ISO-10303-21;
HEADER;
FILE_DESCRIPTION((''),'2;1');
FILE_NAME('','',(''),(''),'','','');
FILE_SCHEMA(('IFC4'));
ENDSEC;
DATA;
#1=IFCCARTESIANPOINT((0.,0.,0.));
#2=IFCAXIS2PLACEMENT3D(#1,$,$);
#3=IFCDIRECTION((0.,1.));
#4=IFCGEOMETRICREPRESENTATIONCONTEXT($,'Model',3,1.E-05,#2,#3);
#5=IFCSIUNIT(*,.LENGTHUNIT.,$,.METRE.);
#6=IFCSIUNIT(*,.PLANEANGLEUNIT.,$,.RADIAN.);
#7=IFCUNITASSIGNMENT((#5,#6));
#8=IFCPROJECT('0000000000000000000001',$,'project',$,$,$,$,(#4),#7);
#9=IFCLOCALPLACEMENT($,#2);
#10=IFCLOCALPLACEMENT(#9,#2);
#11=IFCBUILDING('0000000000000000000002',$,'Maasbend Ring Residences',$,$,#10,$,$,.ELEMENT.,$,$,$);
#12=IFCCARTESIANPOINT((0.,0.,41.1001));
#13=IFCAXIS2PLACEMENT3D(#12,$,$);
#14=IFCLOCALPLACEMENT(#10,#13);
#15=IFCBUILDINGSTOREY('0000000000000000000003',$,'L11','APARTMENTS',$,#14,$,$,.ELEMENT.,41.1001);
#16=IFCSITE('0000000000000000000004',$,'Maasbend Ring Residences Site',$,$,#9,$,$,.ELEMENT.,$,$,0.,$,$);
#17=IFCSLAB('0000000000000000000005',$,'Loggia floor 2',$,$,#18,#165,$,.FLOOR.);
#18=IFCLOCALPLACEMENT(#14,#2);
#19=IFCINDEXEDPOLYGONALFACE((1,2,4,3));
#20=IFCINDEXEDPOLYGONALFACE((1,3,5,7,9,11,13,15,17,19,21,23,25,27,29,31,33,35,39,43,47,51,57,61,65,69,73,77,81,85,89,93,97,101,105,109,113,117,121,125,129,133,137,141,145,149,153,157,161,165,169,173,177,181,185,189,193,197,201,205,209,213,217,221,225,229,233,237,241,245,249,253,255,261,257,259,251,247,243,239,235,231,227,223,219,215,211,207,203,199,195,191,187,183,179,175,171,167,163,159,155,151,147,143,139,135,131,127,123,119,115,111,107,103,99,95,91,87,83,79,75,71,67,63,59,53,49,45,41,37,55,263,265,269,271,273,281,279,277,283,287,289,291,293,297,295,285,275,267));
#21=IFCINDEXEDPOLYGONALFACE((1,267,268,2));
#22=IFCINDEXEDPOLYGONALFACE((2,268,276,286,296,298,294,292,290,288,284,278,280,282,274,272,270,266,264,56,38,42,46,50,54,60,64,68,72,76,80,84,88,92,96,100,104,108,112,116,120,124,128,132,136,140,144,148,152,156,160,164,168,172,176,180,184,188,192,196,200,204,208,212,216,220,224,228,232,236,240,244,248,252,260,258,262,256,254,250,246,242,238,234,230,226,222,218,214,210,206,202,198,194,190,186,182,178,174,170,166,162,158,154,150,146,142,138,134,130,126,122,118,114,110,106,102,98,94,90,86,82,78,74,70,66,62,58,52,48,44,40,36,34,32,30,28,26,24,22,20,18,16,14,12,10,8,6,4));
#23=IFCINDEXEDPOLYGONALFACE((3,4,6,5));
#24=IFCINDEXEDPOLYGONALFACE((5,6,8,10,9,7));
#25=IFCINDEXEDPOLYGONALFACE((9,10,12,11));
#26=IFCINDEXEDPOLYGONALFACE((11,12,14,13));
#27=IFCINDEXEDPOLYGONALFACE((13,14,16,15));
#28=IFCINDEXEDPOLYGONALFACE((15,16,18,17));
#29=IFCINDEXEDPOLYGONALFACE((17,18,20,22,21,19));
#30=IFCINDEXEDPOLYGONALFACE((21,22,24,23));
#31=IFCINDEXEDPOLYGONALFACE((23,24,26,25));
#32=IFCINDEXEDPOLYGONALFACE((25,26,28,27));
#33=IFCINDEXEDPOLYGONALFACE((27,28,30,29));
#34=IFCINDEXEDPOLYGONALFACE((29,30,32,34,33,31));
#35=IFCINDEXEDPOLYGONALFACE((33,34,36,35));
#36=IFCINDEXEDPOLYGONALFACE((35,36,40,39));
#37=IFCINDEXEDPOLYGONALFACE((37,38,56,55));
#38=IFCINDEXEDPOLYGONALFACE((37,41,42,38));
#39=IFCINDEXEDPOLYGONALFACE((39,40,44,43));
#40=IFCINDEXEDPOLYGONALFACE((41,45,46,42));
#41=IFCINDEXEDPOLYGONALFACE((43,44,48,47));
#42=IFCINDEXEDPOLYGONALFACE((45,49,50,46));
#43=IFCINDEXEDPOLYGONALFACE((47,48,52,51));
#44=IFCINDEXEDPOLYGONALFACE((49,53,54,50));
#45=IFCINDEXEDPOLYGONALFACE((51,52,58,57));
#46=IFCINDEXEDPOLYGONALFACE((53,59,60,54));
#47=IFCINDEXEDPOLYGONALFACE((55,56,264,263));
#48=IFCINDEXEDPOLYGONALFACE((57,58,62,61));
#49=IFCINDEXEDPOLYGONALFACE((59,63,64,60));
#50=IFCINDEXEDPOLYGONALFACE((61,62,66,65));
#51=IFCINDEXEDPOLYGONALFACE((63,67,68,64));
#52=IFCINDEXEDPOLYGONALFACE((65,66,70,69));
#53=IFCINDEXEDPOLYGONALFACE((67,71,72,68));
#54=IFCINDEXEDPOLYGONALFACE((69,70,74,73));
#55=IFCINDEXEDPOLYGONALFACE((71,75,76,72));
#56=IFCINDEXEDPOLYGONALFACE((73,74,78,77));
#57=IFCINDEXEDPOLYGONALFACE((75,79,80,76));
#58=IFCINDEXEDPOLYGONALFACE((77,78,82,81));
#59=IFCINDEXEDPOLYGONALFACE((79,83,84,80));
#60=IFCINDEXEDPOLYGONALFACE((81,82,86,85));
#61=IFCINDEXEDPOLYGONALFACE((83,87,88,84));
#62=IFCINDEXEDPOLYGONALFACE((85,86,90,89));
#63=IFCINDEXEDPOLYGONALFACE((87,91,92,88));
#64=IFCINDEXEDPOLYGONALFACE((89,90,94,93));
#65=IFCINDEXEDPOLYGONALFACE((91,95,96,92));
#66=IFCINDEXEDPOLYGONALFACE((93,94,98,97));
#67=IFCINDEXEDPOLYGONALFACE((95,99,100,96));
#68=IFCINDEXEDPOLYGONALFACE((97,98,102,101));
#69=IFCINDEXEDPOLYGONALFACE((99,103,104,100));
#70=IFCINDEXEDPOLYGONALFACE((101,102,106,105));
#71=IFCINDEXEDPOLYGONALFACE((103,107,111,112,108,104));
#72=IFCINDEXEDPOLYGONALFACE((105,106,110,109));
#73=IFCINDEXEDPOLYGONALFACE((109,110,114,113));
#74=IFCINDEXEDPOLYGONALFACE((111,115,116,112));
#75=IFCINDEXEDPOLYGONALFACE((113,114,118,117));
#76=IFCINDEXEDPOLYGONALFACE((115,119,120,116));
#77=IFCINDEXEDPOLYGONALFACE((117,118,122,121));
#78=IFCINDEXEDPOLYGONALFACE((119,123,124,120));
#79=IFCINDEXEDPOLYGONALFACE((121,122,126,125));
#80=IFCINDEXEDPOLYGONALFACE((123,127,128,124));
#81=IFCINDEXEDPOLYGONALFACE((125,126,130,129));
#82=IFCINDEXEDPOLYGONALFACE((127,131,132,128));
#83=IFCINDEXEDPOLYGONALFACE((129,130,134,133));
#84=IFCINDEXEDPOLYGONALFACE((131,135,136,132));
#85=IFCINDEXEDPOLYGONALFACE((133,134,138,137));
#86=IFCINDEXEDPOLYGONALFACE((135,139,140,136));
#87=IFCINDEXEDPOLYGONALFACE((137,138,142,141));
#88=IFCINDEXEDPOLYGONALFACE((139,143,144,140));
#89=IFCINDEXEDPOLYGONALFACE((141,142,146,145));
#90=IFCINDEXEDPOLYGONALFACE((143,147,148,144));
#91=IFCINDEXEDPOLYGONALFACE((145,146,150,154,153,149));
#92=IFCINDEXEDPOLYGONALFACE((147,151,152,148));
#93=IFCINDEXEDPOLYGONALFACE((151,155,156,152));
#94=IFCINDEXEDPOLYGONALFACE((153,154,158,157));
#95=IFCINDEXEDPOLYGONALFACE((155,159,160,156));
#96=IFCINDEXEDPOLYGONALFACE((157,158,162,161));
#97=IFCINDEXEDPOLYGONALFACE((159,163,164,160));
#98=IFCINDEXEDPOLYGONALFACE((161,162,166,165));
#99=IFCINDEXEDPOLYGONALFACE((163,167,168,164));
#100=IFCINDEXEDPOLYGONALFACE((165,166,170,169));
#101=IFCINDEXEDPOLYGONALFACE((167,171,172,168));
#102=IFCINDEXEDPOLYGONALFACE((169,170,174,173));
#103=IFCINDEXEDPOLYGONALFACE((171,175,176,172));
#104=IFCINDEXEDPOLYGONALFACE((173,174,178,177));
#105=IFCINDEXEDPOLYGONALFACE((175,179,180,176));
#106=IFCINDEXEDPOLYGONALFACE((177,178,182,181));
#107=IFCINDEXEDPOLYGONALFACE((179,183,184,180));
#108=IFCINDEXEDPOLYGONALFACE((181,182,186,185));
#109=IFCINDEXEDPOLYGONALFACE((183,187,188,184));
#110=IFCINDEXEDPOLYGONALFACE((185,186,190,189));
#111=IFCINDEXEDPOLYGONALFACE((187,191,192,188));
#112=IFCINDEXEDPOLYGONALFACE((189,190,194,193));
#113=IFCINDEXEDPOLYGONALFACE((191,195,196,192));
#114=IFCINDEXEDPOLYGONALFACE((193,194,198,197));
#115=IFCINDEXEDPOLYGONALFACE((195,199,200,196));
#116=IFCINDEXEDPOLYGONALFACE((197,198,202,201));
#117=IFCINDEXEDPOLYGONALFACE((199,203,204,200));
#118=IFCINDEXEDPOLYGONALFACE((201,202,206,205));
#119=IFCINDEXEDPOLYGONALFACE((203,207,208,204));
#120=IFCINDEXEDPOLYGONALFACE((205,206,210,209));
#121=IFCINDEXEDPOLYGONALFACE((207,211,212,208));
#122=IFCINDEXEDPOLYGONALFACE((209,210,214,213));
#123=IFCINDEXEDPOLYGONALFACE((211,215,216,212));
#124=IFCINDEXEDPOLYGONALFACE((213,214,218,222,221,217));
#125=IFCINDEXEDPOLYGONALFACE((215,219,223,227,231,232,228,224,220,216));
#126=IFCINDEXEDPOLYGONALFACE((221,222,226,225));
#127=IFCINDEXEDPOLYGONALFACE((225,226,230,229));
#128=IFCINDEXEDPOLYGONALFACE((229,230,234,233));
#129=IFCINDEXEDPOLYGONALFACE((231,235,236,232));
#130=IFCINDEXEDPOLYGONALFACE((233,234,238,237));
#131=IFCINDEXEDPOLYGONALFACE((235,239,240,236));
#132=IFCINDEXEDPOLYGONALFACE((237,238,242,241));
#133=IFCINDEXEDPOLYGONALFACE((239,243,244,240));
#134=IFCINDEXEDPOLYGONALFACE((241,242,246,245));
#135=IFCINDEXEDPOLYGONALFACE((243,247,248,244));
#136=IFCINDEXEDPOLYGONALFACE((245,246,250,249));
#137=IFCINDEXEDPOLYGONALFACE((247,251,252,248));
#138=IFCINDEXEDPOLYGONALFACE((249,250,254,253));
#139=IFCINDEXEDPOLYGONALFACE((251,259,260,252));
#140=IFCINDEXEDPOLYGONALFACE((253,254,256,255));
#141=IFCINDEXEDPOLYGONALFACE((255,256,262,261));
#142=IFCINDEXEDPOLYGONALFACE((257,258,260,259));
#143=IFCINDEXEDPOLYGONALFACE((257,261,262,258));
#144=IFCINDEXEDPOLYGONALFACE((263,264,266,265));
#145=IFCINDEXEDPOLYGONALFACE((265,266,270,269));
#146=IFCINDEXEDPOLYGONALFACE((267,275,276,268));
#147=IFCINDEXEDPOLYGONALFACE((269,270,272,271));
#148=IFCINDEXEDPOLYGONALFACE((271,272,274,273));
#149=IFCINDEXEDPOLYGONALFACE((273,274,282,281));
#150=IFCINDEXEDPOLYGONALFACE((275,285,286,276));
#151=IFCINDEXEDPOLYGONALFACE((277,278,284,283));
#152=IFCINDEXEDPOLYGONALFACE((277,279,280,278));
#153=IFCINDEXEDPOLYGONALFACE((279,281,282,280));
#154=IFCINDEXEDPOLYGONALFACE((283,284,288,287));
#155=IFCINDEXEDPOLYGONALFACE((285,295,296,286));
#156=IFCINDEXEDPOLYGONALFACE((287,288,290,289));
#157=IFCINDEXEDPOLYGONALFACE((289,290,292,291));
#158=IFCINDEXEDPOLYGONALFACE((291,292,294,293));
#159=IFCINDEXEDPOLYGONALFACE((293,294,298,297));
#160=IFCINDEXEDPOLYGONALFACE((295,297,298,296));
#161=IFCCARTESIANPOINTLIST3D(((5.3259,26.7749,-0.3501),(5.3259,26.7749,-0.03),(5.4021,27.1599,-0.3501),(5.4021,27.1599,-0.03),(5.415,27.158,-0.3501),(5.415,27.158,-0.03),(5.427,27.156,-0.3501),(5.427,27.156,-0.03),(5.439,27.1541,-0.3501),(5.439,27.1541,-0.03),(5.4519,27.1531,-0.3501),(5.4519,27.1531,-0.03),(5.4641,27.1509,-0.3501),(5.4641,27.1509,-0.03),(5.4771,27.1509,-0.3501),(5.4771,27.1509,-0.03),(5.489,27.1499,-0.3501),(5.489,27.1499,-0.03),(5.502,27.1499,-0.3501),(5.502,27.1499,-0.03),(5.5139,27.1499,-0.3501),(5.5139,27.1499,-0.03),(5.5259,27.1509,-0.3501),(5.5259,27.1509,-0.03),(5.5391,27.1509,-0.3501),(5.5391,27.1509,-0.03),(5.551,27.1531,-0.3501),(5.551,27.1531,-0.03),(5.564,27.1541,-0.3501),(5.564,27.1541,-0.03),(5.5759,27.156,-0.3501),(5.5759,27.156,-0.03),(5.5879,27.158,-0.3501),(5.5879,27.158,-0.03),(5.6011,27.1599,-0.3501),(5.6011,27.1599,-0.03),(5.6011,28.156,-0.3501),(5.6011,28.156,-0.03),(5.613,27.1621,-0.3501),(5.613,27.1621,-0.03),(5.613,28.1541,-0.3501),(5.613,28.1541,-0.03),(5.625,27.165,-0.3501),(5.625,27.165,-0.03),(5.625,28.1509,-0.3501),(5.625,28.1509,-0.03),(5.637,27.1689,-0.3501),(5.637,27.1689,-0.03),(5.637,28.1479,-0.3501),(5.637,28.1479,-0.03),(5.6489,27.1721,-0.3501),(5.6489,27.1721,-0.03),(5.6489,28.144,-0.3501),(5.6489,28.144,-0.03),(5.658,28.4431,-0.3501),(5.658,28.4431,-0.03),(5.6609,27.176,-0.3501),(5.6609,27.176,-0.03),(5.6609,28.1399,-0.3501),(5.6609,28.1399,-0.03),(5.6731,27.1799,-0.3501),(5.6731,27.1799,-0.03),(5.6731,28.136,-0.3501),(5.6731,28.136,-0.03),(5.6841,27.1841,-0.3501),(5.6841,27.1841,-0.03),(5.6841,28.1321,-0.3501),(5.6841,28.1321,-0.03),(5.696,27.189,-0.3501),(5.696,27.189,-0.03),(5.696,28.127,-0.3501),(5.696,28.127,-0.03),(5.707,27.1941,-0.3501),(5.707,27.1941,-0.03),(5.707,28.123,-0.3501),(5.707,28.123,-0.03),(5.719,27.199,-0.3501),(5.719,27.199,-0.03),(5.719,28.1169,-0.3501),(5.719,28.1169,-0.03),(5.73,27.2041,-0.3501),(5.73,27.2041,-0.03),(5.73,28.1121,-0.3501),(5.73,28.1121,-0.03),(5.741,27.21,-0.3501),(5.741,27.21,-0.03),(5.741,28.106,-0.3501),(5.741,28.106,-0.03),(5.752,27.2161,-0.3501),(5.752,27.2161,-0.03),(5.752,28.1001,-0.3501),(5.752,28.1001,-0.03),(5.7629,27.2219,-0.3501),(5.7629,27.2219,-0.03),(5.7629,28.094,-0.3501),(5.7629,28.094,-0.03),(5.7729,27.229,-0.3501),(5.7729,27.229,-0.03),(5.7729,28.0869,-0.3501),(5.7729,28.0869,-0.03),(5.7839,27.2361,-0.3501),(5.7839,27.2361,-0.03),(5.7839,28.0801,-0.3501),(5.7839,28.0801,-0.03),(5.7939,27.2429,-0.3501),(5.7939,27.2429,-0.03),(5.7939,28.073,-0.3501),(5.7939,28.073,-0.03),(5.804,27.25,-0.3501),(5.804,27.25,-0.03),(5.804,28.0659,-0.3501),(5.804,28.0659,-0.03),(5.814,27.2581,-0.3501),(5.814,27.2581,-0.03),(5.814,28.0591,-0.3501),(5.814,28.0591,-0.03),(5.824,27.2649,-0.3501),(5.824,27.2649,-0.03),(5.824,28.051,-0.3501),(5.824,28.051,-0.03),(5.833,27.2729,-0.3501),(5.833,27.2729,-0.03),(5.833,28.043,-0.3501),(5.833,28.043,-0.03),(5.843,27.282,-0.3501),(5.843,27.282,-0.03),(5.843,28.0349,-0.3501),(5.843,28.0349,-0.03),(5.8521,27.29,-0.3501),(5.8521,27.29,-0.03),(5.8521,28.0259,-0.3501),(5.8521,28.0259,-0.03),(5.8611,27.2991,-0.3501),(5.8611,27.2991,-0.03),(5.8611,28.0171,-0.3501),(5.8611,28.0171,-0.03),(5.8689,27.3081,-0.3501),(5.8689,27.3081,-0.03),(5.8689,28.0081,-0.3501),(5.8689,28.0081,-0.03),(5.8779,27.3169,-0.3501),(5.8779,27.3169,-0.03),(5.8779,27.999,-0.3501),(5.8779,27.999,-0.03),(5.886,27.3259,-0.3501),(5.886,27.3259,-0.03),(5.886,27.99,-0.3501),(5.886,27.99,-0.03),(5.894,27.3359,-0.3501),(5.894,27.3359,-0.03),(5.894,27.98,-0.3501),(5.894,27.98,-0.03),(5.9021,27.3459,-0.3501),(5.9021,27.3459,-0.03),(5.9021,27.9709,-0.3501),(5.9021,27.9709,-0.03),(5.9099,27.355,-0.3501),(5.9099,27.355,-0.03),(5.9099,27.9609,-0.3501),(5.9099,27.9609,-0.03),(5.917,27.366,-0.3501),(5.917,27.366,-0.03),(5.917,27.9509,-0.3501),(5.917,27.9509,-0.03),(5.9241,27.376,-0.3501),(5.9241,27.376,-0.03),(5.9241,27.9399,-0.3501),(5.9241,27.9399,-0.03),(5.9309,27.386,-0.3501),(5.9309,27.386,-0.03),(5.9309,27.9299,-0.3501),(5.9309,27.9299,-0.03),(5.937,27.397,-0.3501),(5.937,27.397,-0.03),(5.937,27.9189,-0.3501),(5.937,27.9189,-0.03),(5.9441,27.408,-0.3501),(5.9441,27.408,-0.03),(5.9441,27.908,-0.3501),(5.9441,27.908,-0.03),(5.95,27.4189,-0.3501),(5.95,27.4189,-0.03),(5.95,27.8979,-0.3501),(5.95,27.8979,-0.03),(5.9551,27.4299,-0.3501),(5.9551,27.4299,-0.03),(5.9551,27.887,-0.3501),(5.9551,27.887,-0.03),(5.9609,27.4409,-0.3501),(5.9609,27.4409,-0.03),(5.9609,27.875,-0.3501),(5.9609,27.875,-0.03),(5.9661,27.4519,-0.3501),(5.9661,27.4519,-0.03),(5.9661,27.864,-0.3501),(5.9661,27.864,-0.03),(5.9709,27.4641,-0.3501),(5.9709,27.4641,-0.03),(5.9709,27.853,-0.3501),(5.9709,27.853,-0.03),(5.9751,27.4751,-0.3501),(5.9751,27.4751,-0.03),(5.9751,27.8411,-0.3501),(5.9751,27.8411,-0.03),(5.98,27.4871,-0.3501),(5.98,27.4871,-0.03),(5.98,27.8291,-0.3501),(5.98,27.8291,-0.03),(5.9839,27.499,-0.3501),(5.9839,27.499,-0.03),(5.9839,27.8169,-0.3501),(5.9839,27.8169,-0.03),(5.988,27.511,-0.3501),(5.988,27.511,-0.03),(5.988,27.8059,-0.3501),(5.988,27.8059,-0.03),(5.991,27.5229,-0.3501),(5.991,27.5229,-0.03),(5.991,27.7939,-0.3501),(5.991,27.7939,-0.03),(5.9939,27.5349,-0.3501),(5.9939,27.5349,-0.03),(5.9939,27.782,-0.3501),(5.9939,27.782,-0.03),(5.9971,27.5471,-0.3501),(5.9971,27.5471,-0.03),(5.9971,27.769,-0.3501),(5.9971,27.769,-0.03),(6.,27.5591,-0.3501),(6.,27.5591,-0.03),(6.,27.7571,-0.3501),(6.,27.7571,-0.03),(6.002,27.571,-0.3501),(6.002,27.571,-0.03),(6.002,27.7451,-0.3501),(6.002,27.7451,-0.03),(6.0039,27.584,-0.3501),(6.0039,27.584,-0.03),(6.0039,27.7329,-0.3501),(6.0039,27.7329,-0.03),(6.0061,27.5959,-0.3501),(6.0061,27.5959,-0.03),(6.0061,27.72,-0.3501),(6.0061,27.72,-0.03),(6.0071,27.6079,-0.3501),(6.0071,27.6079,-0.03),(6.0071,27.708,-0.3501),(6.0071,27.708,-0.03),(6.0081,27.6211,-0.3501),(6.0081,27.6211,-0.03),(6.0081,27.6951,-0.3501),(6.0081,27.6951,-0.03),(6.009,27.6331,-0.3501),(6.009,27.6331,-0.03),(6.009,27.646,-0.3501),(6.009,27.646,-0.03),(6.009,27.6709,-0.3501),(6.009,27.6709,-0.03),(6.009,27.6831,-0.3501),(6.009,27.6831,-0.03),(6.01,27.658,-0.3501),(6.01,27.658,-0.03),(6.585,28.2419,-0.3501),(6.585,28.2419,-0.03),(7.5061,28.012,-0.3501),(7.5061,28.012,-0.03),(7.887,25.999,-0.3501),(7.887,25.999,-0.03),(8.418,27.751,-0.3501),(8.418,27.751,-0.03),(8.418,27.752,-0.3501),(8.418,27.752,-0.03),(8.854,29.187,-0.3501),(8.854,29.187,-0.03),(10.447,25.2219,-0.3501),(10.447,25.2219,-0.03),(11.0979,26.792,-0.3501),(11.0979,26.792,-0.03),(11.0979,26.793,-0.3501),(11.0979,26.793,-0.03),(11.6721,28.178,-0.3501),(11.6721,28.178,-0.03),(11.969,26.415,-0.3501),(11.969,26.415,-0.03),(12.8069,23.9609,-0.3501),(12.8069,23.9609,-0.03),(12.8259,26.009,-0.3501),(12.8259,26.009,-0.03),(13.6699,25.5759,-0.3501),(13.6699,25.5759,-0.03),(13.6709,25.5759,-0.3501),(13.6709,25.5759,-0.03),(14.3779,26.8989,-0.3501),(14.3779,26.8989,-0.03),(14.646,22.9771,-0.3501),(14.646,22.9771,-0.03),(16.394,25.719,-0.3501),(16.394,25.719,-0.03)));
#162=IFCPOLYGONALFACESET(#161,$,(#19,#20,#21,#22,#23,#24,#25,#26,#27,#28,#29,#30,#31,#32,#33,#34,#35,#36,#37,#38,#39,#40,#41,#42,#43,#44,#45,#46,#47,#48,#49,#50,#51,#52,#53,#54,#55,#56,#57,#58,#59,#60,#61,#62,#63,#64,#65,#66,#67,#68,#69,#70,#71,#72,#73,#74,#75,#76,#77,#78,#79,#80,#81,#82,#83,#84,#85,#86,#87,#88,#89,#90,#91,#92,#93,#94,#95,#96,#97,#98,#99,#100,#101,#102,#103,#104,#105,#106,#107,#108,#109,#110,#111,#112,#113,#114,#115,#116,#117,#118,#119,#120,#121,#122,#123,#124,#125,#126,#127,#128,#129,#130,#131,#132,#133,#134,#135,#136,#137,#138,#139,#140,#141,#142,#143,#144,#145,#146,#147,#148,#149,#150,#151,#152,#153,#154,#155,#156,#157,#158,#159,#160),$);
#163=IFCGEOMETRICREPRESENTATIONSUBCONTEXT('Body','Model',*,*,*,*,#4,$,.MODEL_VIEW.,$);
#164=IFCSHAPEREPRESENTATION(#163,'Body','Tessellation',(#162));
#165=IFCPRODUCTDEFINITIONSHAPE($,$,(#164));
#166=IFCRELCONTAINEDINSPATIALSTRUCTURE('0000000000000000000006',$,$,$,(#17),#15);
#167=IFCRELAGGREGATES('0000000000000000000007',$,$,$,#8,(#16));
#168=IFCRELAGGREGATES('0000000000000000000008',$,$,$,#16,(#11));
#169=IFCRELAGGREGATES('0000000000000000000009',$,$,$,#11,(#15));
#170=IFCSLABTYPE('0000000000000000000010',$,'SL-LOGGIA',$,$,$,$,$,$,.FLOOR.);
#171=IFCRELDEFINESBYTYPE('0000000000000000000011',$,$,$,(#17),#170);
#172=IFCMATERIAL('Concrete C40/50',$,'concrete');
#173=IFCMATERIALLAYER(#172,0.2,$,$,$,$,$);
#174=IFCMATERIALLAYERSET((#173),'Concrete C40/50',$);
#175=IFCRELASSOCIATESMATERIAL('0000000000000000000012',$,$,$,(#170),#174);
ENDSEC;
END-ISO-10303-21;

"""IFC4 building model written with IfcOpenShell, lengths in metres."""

from ifc_helpers import new_model, si_unit, direction, frame, origin, place, context, subcontext, project, spatial, polyline, outline, extrude, material, layer, layer_set, type_object, element, save


model = new_model("IFC4")

# Units and contexts
model_context = context("Model", 3, precision=1e-05, world=origin(), true_north=direction((0.0, 1.0)))
body_context = subcontext(model_context, "Body", "Model", "MODEL_VIEW")
ifc_project = project(units=[si_unit("LENGTHUNIT", "METRE"), si_unit("PLANEANGLEUNIT", "RADIAN")], contexts=[model_context])

# Site, building, storey
site_placement = place(None, origin())
site = spatial("IfcSite", under=ifc_project, at=site_placement, Name="Maasbend Ring Residences Site", CompositionType="ELEMENT", RefElevation=0.0)
building_placement = place(site_placement, origin())
building = spatial("IfcBuilding", under=site, at=building_placement, Name="Maasbend Ring Residences", CompositionType="ELEMENT")
storey_placement = place(building_placement, frame((0.0, 0.0, 41.1001)))
storey = spatial("IfcBuildingStorey", under=building, at=storey_placement, Name="L11", Description="APARTMENTS", CompositionType="ELEMENT", Elevation=41.1001)

# Slab
ifc_material_1 = material(Name="Concrete C40/50", Category="concrete")
ifc_layer_1 = layer(ifc_material_1, 0.2)
ifc_layer_set_1 = layer_set([ifc_layer_1], Name="Concrete C40/50")
slab_type_1 = type_object("IfcSlabType", Name="SL-LOGGIA", PredefinedType="FLOOR", material=ifc_layer_set_1)
slab_1_placement = place(storey_placement, frame((0.0, 0.0, -0.3501)))
element("IfcSlab", 1, at=slab_1_placement, inside=storey, type_object=slab_type_1, Name="Loggia floor 2", PredefinedType="FLOOR", context=body_context, shape_type="SweptSolid", body=[
    extrude(outline(polyline([(5.439, 27.1541), (5.4519, 27.1531), (5.4641, 27.1509), (5.4771, 27.1509), (5.489, 27.1499), (5.502, 27.1499), (5.5139, 27.1499), (5.5259, 27.1509), (5.5391, 27.1509), (5.551, 27.1531), (5.564, 27.1541), (5.5759, 27.156), (5.5879, 27.158), (5.6011, 27.1599), (5.613, 27.1621), (5.625, 27.165), (5.637, 27.1689), (5.6489, 27.1721), (5.6609, 27.176), (5.6731, 27.1799), (5.6841, 27.1841), (5.696, 27.189), (5.707, 27.1941), (5.719, 27.199), (5.73, 27.2041), (5.741, 27.21), (5.752, 27.2161), (5.7629, 27.2219), (5.7729, 27.229), (5.7839, 27.2361), (5.7939, 27.2429), (5.804, 27.25), (5.814, 27.2581), (5.824, 27.2649), (5.833, 27.2729), (5.843, 27.282), (5.8521, 27.29), (5.8611, 27.2991), (5.8689, 27.3081), (5.8779, 27.3169), (5.886, 27.3259), (5.894, 27.3359), (5.9021, 27.3459), (5.9099, 27.355), (5.917, 27.366), (5.9241, 27.376), (5.9309, 27.386), (5.937, 27.397), (5.9441, 27.408), (5.95, 27.4189), (5.9551, 27.4299), (5.9609, 27.4409), (5.9661, 27.4519), (5.9709, 27.4641), (5.9751, 27.4751), (5.98, 27.4871), (5.9839, 27.499), (5.988, 27.511), (5.991, 27.5229), (5.9939, 27.5349), (5.9971, 27.5471), (6.0, 27.5591), (6.002, 27.571), (6.0039, 27.584), (6.0061, 27.5959), (6.0071, 27.6079), (6.0081, 27.6211), (6.009, 27.6331), (6.009, 27.646), (6.01, 27.658), (6.009, 27.6709), (6.009, 27.6831), (6.0081, 27.6951), (6.0071, 27.708), (6.0061, 27.72), (6.0039, 27.7329), (6.002, 27.7451), (6.0, 27.7571), (5.9971, 27.769), (5.9939, 27.782), (5.991, 27.7939), (5.988, 27.8059), (5.9839, 27.8169), (5.98, 27.8291), (5.9751, 27.8411), (5.9709, 27.853), (5.9661, 27.864), (5.9609, 27.875), (5.9551, 27.887), (5.95, 27.8979), (5.9441, 27.908), (5.937, 27.9189), (5.9309, 27.9299), (5.9241, 27.9399), (5.917, 27.9509), (5.9099, 27.9609), (5.9021, 27.9709), (5.894, 27.98), (5.886, 27.99), (5.8779, 27.999), (5.8689, 28.0081), (5.8611, 28.0171), (5.8521, 28.0259), (5.843, 28.0349), (5.833, 28.043), (5.824, 28.051), (5.814, 28.0591), (5.804, 28.0659), (5.7939, 28.073), (5.7839, 28.0801), (5.7729, 28.0869), (5.7629, 28.094), (5.752, 28.1001), (5.741, 28.106), (5.73, 28.1121), (5.719, 28.1169), (5.707, 28.123), (5.696, 28.127), (5.6841, 28.1321), (5.6731, 28.136), (5.6609, 28.1399), (5.6489, 28.144), (5.637, 28.1479), (5.625, 28.1509), (5.613, 28.1541), (5.6011, 28.156), (5.658, 28.4431), (5.658, 28.4431), (5.658, 28.4431), (6.585, 28.2419), (6.585, 28.2419), (7.5061, 28.012), (7.5061, 28.012), (8.418, 27.751), (8.418, 27.751), (8.418, 27.751), (8.418, 27.751), (8.418, 27.751), (8.418, 27.751), (8.418, 27.751), (8.418, 27.751), (8.418, 27.751), (8.418, 27.751), (8.418, 27.752), (8.418, 27.752), (8.418, 27.752), (8.418, 27.752), (8.418, 27.752), (8.418, 27.752), (8.418, 27.752), (8.854, 29.187), (8.854, 29.187), (8.854, 29.187), (11.6721, 28.178), (11.6721, 28.178), (11.6721, 28.178), (11.0979, 26.793), (11.0979, 26.793), (11.0979, 26.793), (11.0979, 26.793), (11.0979, 26.793), (11.0979, 26.793), (11.0979, 26.793), (11.0979, 26.793), (11.0979, 26.793), (11.0979, 26.793), (11.0979, 26.792), (11.0979, 26.792), (11.0979, 26.792), (11.0979, 26.792), (11.0979, 26.792), (11.0979, 26.792), (11.0979, 26.792), (11.969, 26.415), (11.969, 26.415), (12.8259, 26.009), (12.8259, 26.009), (13.6699, 25.5759), (13.6699, 25.5759), (13.6699, 25.5759), (13.6699, 25.5759), (13.6699, 25.5759), (13.6699, 25.5759), (13.6699, 25.5759), (13.6699, 25.5759), (13.6699, 25.5759), (13.6699, 25.5759), (13.6709, 25.5759), (13.6709, 25.5759), (13.6709, 25.5759), (13.6709, 25.5759), (13.6709, 25.5759), (13.6709, 25.5759), (13.6709, 25.5759), (14.3779, 26.8989), (14.3779, 26.8989), (14.3779, 26.8989), (16.394, 25.719), (16.394, 25.719), (16.394, 25.719), (14.646, 22.9771), (14.646, 22.9771), (14.646, 22.9771), (12.8069, 23.9609), (10.447, 25.2219), (10.447, 25.2219), (10.447, 25.2219), (7.887, 25.999), (5.3259, 26.7749), (5.3259, 26.7749), (5.3259, 26.7749), (5.4021, 27.1599), (5.415, 27.158), (5.427, 27.156), (5.439, 27.1541)])), origin(), (0.0, 0.0, 1.0), 0.3201),
])

save(model, "model.ifc")
